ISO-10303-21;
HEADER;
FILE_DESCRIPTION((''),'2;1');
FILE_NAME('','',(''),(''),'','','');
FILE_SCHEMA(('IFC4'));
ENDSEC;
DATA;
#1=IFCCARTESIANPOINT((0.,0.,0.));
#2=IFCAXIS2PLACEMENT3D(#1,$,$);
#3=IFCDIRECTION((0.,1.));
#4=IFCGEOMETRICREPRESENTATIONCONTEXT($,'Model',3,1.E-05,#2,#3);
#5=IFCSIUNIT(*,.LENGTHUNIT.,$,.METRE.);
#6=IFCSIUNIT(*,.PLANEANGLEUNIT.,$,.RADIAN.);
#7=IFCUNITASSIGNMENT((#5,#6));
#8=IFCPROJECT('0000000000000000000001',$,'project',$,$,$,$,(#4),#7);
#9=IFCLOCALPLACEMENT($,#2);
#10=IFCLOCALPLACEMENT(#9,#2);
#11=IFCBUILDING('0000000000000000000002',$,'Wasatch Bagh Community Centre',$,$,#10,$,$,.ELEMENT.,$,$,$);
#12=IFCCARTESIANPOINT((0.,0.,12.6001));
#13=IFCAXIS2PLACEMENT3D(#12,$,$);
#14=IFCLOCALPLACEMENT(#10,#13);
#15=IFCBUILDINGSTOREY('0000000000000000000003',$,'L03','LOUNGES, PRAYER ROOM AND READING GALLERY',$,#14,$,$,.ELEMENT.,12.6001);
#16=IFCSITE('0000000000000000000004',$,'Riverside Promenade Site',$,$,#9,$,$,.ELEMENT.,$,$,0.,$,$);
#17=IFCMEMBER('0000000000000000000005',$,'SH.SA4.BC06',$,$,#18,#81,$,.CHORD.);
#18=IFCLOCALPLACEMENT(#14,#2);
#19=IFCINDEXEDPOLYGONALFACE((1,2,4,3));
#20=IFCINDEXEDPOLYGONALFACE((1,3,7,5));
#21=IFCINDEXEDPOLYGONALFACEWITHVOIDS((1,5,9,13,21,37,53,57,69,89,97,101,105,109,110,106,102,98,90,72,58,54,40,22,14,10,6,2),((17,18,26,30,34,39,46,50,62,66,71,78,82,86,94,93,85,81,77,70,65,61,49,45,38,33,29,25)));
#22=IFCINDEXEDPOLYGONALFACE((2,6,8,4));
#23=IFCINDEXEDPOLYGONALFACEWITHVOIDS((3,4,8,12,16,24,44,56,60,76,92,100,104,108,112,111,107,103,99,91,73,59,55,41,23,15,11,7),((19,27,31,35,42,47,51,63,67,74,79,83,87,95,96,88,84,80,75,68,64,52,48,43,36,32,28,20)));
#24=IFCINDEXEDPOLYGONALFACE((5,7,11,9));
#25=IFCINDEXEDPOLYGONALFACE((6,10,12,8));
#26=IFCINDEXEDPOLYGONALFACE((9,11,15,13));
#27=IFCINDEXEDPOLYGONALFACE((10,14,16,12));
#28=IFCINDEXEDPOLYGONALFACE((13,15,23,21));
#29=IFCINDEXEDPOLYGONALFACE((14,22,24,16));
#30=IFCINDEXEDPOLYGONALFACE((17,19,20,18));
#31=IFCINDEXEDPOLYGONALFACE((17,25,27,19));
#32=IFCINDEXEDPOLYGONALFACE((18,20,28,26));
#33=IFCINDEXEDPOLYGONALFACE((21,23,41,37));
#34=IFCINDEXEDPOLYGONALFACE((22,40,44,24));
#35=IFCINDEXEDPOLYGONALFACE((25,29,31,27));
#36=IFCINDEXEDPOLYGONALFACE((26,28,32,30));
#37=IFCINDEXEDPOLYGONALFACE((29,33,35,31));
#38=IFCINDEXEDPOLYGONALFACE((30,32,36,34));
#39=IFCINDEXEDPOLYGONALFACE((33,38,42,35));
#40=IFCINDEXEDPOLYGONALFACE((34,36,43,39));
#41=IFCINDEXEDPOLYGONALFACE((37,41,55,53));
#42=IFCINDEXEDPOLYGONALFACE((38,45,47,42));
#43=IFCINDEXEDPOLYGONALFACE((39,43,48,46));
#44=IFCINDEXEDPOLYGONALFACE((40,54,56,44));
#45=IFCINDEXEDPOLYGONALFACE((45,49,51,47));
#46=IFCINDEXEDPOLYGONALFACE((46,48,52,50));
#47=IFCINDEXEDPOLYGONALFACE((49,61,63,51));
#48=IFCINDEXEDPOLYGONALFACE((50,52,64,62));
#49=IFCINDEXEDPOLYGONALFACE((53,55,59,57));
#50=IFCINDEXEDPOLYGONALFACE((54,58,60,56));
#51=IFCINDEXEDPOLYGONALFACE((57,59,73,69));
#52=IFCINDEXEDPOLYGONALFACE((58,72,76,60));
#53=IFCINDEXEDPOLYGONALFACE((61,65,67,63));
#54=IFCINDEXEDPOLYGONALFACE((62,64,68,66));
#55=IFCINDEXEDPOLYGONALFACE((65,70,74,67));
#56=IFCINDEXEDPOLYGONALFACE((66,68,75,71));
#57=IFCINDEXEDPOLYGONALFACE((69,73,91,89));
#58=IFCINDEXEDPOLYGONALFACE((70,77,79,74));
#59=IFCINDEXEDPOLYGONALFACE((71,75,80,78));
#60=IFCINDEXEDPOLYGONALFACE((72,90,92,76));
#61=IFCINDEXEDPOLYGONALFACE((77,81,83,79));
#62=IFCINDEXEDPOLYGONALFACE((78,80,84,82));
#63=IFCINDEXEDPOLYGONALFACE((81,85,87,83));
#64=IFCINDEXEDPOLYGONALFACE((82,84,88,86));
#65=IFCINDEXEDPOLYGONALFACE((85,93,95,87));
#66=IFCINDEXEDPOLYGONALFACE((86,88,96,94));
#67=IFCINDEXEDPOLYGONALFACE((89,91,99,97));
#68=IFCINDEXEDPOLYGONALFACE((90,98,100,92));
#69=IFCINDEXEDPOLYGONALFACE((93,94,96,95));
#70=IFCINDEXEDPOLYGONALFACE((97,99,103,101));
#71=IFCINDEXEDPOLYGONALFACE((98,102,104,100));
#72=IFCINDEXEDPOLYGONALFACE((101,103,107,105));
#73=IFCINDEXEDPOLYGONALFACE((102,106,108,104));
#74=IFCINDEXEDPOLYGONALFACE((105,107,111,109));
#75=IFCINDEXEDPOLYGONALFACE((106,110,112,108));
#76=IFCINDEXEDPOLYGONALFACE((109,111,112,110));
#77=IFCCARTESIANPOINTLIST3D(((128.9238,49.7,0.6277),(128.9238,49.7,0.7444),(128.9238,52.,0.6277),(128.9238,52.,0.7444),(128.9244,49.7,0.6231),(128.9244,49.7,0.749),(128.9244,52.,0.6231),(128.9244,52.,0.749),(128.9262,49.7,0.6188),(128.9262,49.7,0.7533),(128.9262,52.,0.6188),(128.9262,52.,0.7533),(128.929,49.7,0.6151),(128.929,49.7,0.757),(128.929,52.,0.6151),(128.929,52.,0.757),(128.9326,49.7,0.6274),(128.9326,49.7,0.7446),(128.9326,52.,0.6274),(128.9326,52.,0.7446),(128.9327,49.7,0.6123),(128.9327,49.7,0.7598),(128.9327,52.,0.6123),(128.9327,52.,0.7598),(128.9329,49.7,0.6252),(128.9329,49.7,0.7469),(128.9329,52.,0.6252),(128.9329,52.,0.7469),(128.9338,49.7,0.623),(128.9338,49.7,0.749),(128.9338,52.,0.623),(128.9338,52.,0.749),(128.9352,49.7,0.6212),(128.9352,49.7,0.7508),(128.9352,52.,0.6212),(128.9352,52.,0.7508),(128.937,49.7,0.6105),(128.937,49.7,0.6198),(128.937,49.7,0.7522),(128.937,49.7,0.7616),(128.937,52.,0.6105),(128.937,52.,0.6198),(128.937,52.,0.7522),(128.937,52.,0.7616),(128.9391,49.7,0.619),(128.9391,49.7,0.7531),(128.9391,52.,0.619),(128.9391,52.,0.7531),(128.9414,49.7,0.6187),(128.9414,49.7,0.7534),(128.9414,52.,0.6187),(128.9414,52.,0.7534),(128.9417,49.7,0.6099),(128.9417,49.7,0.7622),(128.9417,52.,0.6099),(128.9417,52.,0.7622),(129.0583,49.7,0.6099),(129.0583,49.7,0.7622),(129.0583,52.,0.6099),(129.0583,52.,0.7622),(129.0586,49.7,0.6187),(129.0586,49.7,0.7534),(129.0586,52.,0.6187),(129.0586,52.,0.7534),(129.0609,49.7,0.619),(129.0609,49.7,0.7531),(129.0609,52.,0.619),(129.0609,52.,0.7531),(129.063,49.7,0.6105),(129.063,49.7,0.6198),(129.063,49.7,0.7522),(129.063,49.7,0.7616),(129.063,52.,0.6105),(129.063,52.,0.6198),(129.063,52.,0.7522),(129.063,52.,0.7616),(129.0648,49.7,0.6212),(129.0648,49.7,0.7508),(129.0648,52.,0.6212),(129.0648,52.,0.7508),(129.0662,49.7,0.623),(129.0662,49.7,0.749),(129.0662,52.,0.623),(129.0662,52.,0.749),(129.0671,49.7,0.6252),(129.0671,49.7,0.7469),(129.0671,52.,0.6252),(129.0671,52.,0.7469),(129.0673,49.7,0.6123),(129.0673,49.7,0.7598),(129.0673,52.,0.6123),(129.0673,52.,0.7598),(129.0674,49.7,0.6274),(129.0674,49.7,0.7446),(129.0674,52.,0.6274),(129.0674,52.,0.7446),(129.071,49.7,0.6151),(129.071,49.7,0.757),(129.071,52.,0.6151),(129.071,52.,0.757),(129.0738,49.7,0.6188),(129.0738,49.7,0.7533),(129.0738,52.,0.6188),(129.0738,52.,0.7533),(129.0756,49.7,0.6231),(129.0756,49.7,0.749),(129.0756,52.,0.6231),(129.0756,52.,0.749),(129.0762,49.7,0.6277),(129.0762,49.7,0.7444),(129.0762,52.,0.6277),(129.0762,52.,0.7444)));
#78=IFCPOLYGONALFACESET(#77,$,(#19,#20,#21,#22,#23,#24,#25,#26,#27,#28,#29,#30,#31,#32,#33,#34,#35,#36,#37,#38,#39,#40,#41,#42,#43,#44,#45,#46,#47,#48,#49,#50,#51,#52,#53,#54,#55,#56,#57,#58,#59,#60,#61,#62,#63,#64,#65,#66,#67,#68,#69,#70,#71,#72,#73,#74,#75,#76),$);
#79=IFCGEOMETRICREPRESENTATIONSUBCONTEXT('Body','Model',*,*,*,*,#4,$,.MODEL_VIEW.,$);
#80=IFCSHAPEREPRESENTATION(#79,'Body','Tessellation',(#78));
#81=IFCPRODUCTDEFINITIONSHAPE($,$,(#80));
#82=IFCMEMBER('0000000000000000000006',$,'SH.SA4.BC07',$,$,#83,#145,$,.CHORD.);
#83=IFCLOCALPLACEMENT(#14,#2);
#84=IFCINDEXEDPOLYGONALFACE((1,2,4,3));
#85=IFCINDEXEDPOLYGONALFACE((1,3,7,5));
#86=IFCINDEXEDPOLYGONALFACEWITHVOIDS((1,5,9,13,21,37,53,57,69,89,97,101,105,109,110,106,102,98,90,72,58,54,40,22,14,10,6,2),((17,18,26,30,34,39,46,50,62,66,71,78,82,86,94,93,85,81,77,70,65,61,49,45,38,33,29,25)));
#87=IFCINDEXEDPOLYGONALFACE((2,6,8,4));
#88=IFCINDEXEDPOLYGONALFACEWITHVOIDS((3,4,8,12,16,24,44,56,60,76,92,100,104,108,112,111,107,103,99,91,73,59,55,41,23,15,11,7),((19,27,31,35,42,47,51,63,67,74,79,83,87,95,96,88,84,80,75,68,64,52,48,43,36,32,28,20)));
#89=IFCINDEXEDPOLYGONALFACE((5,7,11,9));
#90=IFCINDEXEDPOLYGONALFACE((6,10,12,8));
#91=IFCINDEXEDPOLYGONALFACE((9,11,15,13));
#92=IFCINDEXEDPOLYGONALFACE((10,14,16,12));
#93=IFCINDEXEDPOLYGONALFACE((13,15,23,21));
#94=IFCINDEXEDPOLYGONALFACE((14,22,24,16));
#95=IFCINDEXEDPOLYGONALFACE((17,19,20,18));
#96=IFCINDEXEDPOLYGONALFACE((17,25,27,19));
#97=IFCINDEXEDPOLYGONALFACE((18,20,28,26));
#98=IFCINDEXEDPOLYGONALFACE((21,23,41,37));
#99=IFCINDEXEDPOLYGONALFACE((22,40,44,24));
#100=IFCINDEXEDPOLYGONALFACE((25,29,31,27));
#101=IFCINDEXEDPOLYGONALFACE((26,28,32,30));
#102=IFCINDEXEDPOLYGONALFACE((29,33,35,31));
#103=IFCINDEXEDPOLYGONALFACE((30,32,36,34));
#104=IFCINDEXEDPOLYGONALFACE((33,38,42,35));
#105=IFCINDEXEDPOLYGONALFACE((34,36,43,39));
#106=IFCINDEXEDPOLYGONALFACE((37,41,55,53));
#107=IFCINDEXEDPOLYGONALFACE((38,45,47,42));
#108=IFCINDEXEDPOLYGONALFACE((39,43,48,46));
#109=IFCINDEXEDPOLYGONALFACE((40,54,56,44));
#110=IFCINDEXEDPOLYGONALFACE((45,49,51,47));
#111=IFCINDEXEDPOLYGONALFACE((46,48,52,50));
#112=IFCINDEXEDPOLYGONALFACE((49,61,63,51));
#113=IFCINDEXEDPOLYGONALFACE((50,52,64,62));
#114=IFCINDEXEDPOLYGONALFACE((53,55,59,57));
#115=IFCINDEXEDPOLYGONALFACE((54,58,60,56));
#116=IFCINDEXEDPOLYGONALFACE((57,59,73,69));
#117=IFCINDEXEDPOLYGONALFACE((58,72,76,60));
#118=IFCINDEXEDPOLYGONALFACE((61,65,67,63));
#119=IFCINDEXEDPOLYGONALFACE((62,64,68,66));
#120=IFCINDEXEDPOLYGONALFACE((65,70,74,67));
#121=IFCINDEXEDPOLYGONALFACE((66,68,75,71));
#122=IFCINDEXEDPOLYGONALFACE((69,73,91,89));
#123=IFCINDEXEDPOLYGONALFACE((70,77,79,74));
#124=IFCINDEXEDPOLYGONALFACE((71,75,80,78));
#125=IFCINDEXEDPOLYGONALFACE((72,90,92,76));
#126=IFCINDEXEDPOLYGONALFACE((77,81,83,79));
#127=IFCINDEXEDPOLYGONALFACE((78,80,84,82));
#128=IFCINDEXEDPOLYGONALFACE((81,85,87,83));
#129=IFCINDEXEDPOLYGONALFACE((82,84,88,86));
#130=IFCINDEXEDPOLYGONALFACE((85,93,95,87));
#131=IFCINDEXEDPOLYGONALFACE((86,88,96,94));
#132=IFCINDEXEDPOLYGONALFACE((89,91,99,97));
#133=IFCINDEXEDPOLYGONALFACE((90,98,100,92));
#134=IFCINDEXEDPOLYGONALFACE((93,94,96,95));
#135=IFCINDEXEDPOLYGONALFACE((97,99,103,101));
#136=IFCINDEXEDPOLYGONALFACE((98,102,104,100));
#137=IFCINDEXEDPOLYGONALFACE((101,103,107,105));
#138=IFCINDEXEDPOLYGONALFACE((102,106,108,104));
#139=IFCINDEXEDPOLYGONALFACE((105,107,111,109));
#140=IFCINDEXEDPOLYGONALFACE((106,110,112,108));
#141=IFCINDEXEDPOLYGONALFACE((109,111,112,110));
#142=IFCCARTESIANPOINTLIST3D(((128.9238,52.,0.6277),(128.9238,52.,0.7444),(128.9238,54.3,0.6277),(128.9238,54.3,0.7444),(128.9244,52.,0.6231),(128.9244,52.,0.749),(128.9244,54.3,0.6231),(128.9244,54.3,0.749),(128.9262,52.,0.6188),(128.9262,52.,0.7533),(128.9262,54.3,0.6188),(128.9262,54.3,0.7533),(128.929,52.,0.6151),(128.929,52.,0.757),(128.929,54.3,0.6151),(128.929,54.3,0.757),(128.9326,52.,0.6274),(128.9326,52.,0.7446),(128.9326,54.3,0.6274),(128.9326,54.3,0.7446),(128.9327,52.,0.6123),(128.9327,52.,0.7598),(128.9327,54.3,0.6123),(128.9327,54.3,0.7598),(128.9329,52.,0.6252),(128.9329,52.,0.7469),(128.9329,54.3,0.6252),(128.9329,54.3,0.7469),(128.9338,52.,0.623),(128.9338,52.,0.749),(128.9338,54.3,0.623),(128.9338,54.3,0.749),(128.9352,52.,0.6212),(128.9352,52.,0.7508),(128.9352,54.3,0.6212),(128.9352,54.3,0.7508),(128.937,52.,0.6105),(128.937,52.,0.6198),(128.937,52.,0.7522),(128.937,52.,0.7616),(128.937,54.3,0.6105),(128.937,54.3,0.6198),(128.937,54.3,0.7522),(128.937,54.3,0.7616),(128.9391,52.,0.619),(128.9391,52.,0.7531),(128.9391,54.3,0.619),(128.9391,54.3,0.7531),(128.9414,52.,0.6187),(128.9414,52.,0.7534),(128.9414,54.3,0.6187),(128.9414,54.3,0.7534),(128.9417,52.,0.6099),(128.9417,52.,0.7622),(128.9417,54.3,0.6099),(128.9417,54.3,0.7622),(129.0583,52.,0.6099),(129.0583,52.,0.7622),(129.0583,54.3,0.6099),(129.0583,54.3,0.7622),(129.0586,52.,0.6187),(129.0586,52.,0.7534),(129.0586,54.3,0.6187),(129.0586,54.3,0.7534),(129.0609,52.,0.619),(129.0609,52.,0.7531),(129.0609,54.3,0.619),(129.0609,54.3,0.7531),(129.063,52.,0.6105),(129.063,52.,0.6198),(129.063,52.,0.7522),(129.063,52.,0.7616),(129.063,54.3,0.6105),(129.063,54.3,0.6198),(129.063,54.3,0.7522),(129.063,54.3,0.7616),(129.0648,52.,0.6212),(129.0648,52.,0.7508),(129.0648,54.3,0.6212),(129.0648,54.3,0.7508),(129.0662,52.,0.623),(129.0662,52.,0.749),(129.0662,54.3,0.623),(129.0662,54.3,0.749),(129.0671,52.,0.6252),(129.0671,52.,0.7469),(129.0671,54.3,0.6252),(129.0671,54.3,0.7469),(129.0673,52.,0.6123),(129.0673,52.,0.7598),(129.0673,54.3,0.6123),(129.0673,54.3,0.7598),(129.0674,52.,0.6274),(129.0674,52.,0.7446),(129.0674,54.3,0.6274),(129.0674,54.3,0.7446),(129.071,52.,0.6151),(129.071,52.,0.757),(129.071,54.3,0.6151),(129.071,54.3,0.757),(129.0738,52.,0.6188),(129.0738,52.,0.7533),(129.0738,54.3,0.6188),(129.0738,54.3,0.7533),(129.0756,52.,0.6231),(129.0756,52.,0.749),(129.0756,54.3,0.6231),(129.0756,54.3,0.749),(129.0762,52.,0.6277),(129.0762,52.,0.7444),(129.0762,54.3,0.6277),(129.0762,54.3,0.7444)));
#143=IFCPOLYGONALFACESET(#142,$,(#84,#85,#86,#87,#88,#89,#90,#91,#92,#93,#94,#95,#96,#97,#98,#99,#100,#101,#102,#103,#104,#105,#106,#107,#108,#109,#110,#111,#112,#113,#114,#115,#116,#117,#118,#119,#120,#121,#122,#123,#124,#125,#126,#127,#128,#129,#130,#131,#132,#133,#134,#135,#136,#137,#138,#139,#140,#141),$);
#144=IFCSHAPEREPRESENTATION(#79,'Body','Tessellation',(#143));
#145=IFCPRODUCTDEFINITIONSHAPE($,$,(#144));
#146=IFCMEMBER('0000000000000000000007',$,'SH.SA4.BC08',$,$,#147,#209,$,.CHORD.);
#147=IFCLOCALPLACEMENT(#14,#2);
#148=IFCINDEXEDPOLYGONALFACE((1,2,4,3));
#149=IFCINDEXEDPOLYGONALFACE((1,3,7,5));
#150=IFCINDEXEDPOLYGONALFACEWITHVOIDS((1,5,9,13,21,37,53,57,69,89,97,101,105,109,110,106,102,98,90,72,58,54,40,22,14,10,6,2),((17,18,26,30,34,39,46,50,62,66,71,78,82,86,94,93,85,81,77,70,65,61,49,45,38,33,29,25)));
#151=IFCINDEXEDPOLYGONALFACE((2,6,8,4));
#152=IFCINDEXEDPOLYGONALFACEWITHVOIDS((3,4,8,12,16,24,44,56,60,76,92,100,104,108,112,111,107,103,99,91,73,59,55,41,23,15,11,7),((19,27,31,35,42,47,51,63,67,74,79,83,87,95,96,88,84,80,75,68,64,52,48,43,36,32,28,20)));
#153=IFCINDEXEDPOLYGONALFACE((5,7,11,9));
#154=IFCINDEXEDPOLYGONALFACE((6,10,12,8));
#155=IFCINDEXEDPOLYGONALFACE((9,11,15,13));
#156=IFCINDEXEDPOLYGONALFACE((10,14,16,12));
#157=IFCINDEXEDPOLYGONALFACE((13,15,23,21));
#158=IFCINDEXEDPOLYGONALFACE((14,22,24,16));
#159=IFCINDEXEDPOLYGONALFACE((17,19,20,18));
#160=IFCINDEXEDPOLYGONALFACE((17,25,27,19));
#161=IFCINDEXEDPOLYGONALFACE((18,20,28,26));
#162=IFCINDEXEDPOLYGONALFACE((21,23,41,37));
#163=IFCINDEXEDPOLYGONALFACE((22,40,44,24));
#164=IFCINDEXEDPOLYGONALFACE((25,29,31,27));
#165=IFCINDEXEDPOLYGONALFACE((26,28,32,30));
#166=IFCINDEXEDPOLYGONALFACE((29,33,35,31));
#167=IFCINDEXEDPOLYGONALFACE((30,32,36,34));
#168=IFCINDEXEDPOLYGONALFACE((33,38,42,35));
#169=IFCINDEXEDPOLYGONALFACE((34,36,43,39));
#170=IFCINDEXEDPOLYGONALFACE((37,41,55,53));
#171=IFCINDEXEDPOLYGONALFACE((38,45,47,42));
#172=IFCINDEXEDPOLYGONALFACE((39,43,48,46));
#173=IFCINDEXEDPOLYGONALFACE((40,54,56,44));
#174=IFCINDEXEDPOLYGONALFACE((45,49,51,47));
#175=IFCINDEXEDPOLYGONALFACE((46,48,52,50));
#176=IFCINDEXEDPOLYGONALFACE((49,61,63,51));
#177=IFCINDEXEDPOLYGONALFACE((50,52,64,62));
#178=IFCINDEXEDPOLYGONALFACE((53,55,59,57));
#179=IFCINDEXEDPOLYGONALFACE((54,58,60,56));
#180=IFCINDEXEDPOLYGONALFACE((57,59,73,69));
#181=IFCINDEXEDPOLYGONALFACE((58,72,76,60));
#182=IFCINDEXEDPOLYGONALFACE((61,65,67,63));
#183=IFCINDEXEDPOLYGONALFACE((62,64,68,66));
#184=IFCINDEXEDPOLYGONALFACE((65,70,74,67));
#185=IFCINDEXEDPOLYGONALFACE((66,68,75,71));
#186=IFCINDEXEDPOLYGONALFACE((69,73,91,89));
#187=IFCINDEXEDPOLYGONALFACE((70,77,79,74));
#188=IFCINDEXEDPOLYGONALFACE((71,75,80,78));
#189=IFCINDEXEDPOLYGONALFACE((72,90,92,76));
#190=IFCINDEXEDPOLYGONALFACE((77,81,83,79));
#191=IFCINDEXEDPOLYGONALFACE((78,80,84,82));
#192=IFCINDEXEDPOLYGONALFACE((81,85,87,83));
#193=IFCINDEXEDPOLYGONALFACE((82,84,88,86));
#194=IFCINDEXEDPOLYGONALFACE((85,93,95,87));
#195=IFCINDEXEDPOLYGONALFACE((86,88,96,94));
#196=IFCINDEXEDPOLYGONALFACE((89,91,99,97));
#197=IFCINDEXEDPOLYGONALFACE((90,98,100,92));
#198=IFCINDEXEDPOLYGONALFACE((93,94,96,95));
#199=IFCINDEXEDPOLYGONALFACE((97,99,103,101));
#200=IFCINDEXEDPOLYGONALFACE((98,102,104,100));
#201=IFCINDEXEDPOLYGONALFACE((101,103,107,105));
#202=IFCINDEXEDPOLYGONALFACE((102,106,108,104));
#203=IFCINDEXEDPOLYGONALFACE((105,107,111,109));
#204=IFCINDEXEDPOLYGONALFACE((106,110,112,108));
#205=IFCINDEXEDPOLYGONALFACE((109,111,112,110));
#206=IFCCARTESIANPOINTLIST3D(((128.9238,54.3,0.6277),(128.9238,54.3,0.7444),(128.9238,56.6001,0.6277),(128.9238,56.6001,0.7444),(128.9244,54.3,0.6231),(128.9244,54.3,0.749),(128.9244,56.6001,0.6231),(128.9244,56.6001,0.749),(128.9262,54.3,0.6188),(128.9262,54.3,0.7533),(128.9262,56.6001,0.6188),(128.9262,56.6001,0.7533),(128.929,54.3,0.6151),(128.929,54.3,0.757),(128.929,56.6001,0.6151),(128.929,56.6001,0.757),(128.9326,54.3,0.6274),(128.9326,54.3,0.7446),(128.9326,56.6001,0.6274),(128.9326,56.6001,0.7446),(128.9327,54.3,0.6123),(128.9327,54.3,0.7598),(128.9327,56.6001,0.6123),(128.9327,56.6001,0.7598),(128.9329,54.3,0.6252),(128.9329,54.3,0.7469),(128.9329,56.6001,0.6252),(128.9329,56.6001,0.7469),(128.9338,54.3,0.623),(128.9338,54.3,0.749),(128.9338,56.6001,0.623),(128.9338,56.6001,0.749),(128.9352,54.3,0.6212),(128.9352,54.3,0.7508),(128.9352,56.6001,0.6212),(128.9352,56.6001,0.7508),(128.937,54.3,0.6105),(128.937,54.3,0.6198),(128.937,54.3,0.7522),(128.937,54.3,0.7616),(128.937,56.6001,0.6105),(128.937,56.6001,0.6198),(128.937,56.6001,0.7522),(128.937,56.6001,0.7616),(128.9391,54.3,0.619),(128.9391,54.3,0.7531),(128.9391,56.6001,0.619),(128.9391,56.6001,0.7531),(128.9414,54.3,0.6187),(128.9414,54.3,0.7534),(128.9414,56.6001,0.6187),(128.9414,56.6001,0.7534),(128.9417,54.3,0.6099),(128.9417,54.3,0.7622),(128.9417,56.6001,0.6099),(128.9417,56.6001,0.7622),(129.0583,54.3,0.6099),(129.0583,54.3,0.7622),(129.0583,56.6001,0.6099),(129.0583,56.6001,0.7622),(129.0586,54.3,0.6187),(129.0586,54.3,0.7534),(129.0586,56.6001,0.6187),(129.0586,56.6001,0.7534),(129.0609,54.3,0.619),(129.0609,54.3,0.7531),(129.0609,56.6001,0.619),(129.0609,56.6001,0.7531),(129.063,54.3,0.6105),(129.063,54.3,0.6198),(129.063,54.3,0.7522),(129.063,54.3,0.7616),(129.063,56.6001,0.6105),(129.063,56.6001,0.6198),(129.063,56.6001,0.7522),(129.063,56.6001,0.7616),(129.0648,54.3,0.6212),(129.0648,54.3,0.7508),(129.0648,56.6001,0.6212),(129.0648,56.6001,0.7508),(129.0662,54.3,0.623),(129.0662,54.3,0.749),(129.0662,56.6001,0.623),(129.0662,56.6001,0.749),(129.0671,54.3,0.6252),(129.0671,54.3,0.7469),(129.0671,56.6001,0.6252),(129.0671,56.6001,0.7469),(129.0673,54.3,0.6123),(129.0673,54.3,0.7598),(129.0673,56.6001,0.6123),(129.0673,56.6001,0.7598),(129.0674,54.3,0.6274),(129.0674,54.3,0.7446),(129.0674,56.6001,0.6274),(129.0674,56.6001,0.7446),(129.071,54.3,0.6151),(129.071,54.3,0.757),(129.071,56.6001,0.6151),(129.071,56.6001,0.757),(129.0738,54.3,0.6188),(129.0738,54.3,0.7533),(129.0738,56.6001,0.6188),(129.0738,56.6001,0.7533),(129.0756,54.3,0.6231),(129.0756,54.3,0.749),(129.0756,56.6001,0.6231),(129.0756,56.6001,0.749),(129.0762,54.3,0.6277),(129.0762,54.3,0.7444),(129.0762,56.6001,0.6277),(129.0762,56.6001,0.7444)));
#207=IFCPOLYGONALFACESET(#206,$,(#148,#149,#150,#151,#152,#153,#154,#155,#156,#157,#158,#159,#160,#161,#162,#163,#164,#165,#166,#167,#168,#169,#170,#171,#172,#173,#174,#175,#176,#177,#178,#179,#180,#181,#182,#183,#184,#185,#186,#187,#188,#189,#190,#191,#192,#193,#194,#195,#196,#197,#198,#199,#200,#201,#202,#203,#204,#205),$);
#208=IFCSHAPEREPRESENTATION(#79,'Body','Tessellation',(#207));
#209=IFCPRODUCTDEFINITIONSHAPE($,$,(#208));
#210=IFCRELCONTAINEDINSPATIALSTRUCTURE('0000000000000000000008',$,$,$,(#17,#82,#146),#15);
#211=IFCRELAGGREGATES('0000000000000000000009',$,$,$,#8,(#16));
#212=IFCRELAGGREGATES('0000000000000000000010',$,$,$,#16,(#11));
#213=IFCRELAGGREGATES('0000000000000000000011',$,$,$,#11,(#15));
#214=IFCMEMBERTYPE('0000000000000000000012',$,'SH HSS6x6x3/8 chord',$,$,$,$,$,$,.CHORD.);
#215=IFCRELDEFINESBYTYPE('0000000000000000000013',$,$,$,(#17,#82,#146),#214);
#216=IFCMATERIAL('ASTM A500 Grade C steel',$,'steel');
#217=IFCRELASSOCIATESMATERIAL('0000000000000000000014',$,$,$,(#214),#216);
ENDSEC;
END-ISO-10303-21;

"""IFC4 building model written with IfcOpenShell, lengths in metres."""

from ifc_helpers import new_model, si_unit, direction, frame, origin, origin_2d, place, context, subcontext, project, spatial, hollow_rectangle, extrude, material, material_profile, profile_set, type_object, element, save


model = new_model("IFC4")

# Units and contexts
model_context = context("Model", 3, precision=1e-05, world=origin(), true_north=direction((0.0, 1.0)))
body_context = subcontext(model_context, "Body", "Model", "MODEL_VIEW")
ifc_project = project(units=[si_unit("LENGTHUNIT", "METRE"), si_unit("PLANEANGLEUNIT", "RADIAN")], contexts=[model_context])

# Site, building, storey
site_placement = place(None, origin())
site = spatial("IfcSite", under=ifc_project, at=site_placement, Name="Riverside Promenade Site", CompositionType="ELEMENT", RefElevation=0.0)
building_placement = place(site_placement, origin())
building = spatial("IfcBuilding", under=site, at=building_placement, Name="Wasatch Bagh Community Centre", CompositionType="ELEMENT")
storey_placement = place(building_placement, frame((0.0, 0.0, 12.6001)))
storey = spatial("IfcBuildingStorey", under=building, at=storey_placement, Name="L03", Description="LOUNGES, PRAYER ROOM AND READING GALLERY", CompositionType="ELEMENT", Elevation=12.6001)

# Members
ifc_material_1 = material(Name="ASTM A500 Grade C steel", Category="steel")
ifc_material_profile_1 = material_profile(ifc_material_1, hollow_rectangle(XDim=0.1523, YDim=0.1523, WallThickness=0.0088, InnerFilletRadius=0.0088, OuterFilletRadius=0.0178, at=origin_2d()), Name="HSS6x6x3/8")
ifc_profile_set_1 = profile_set([ifc_material_profile_1], Name="ASTM A500 Grade C steel")
member_type_1 = type_object("IfcMemberType", Name="SH HSS6x6x3/8 chord", PredefinedType="CHORD", material=ifc_profile_set_1)
for number, where, z_axis, x_axis, name in (
    (1, (129.0, 49.7, 0.686), (0.0, 1.0, 0.0), (-1.0, 0.0, 0.0), "SH.SA4.BC06"),
    (2, (129.0, 52.0, 0.686), (0.0, 1.0, 0.0), (-1.0, 0.0, 0.0), "SH.SA4.BC07"),
    (3, (129.0, 54.3, 0.686), (0.0, 1.0, 0.0), (-1.0, 0.0, 0.0), "SH.SA4.BC08"),
):
    element("IfcMember", number, at=place(storey_placement, frame(where, z_axis=z_axis, x_axis=x_axis)), inside=storey, type_object=member_type_1, Name=name, PredefinedType="CHORD", context=body_context, shape_type="SweptSolid", body=[
        extrude(hollow_rectangle(XDim=0.1523, YDim=0.1523, WallThickness=0.0088, InnerFilletRadius=0.0088, OuterFilletRadius=0.0178, at=origin_2d()), origin(), (0.0, 0.0, 1.0), 2.3),
    ])

save(model, "model.ifc")
